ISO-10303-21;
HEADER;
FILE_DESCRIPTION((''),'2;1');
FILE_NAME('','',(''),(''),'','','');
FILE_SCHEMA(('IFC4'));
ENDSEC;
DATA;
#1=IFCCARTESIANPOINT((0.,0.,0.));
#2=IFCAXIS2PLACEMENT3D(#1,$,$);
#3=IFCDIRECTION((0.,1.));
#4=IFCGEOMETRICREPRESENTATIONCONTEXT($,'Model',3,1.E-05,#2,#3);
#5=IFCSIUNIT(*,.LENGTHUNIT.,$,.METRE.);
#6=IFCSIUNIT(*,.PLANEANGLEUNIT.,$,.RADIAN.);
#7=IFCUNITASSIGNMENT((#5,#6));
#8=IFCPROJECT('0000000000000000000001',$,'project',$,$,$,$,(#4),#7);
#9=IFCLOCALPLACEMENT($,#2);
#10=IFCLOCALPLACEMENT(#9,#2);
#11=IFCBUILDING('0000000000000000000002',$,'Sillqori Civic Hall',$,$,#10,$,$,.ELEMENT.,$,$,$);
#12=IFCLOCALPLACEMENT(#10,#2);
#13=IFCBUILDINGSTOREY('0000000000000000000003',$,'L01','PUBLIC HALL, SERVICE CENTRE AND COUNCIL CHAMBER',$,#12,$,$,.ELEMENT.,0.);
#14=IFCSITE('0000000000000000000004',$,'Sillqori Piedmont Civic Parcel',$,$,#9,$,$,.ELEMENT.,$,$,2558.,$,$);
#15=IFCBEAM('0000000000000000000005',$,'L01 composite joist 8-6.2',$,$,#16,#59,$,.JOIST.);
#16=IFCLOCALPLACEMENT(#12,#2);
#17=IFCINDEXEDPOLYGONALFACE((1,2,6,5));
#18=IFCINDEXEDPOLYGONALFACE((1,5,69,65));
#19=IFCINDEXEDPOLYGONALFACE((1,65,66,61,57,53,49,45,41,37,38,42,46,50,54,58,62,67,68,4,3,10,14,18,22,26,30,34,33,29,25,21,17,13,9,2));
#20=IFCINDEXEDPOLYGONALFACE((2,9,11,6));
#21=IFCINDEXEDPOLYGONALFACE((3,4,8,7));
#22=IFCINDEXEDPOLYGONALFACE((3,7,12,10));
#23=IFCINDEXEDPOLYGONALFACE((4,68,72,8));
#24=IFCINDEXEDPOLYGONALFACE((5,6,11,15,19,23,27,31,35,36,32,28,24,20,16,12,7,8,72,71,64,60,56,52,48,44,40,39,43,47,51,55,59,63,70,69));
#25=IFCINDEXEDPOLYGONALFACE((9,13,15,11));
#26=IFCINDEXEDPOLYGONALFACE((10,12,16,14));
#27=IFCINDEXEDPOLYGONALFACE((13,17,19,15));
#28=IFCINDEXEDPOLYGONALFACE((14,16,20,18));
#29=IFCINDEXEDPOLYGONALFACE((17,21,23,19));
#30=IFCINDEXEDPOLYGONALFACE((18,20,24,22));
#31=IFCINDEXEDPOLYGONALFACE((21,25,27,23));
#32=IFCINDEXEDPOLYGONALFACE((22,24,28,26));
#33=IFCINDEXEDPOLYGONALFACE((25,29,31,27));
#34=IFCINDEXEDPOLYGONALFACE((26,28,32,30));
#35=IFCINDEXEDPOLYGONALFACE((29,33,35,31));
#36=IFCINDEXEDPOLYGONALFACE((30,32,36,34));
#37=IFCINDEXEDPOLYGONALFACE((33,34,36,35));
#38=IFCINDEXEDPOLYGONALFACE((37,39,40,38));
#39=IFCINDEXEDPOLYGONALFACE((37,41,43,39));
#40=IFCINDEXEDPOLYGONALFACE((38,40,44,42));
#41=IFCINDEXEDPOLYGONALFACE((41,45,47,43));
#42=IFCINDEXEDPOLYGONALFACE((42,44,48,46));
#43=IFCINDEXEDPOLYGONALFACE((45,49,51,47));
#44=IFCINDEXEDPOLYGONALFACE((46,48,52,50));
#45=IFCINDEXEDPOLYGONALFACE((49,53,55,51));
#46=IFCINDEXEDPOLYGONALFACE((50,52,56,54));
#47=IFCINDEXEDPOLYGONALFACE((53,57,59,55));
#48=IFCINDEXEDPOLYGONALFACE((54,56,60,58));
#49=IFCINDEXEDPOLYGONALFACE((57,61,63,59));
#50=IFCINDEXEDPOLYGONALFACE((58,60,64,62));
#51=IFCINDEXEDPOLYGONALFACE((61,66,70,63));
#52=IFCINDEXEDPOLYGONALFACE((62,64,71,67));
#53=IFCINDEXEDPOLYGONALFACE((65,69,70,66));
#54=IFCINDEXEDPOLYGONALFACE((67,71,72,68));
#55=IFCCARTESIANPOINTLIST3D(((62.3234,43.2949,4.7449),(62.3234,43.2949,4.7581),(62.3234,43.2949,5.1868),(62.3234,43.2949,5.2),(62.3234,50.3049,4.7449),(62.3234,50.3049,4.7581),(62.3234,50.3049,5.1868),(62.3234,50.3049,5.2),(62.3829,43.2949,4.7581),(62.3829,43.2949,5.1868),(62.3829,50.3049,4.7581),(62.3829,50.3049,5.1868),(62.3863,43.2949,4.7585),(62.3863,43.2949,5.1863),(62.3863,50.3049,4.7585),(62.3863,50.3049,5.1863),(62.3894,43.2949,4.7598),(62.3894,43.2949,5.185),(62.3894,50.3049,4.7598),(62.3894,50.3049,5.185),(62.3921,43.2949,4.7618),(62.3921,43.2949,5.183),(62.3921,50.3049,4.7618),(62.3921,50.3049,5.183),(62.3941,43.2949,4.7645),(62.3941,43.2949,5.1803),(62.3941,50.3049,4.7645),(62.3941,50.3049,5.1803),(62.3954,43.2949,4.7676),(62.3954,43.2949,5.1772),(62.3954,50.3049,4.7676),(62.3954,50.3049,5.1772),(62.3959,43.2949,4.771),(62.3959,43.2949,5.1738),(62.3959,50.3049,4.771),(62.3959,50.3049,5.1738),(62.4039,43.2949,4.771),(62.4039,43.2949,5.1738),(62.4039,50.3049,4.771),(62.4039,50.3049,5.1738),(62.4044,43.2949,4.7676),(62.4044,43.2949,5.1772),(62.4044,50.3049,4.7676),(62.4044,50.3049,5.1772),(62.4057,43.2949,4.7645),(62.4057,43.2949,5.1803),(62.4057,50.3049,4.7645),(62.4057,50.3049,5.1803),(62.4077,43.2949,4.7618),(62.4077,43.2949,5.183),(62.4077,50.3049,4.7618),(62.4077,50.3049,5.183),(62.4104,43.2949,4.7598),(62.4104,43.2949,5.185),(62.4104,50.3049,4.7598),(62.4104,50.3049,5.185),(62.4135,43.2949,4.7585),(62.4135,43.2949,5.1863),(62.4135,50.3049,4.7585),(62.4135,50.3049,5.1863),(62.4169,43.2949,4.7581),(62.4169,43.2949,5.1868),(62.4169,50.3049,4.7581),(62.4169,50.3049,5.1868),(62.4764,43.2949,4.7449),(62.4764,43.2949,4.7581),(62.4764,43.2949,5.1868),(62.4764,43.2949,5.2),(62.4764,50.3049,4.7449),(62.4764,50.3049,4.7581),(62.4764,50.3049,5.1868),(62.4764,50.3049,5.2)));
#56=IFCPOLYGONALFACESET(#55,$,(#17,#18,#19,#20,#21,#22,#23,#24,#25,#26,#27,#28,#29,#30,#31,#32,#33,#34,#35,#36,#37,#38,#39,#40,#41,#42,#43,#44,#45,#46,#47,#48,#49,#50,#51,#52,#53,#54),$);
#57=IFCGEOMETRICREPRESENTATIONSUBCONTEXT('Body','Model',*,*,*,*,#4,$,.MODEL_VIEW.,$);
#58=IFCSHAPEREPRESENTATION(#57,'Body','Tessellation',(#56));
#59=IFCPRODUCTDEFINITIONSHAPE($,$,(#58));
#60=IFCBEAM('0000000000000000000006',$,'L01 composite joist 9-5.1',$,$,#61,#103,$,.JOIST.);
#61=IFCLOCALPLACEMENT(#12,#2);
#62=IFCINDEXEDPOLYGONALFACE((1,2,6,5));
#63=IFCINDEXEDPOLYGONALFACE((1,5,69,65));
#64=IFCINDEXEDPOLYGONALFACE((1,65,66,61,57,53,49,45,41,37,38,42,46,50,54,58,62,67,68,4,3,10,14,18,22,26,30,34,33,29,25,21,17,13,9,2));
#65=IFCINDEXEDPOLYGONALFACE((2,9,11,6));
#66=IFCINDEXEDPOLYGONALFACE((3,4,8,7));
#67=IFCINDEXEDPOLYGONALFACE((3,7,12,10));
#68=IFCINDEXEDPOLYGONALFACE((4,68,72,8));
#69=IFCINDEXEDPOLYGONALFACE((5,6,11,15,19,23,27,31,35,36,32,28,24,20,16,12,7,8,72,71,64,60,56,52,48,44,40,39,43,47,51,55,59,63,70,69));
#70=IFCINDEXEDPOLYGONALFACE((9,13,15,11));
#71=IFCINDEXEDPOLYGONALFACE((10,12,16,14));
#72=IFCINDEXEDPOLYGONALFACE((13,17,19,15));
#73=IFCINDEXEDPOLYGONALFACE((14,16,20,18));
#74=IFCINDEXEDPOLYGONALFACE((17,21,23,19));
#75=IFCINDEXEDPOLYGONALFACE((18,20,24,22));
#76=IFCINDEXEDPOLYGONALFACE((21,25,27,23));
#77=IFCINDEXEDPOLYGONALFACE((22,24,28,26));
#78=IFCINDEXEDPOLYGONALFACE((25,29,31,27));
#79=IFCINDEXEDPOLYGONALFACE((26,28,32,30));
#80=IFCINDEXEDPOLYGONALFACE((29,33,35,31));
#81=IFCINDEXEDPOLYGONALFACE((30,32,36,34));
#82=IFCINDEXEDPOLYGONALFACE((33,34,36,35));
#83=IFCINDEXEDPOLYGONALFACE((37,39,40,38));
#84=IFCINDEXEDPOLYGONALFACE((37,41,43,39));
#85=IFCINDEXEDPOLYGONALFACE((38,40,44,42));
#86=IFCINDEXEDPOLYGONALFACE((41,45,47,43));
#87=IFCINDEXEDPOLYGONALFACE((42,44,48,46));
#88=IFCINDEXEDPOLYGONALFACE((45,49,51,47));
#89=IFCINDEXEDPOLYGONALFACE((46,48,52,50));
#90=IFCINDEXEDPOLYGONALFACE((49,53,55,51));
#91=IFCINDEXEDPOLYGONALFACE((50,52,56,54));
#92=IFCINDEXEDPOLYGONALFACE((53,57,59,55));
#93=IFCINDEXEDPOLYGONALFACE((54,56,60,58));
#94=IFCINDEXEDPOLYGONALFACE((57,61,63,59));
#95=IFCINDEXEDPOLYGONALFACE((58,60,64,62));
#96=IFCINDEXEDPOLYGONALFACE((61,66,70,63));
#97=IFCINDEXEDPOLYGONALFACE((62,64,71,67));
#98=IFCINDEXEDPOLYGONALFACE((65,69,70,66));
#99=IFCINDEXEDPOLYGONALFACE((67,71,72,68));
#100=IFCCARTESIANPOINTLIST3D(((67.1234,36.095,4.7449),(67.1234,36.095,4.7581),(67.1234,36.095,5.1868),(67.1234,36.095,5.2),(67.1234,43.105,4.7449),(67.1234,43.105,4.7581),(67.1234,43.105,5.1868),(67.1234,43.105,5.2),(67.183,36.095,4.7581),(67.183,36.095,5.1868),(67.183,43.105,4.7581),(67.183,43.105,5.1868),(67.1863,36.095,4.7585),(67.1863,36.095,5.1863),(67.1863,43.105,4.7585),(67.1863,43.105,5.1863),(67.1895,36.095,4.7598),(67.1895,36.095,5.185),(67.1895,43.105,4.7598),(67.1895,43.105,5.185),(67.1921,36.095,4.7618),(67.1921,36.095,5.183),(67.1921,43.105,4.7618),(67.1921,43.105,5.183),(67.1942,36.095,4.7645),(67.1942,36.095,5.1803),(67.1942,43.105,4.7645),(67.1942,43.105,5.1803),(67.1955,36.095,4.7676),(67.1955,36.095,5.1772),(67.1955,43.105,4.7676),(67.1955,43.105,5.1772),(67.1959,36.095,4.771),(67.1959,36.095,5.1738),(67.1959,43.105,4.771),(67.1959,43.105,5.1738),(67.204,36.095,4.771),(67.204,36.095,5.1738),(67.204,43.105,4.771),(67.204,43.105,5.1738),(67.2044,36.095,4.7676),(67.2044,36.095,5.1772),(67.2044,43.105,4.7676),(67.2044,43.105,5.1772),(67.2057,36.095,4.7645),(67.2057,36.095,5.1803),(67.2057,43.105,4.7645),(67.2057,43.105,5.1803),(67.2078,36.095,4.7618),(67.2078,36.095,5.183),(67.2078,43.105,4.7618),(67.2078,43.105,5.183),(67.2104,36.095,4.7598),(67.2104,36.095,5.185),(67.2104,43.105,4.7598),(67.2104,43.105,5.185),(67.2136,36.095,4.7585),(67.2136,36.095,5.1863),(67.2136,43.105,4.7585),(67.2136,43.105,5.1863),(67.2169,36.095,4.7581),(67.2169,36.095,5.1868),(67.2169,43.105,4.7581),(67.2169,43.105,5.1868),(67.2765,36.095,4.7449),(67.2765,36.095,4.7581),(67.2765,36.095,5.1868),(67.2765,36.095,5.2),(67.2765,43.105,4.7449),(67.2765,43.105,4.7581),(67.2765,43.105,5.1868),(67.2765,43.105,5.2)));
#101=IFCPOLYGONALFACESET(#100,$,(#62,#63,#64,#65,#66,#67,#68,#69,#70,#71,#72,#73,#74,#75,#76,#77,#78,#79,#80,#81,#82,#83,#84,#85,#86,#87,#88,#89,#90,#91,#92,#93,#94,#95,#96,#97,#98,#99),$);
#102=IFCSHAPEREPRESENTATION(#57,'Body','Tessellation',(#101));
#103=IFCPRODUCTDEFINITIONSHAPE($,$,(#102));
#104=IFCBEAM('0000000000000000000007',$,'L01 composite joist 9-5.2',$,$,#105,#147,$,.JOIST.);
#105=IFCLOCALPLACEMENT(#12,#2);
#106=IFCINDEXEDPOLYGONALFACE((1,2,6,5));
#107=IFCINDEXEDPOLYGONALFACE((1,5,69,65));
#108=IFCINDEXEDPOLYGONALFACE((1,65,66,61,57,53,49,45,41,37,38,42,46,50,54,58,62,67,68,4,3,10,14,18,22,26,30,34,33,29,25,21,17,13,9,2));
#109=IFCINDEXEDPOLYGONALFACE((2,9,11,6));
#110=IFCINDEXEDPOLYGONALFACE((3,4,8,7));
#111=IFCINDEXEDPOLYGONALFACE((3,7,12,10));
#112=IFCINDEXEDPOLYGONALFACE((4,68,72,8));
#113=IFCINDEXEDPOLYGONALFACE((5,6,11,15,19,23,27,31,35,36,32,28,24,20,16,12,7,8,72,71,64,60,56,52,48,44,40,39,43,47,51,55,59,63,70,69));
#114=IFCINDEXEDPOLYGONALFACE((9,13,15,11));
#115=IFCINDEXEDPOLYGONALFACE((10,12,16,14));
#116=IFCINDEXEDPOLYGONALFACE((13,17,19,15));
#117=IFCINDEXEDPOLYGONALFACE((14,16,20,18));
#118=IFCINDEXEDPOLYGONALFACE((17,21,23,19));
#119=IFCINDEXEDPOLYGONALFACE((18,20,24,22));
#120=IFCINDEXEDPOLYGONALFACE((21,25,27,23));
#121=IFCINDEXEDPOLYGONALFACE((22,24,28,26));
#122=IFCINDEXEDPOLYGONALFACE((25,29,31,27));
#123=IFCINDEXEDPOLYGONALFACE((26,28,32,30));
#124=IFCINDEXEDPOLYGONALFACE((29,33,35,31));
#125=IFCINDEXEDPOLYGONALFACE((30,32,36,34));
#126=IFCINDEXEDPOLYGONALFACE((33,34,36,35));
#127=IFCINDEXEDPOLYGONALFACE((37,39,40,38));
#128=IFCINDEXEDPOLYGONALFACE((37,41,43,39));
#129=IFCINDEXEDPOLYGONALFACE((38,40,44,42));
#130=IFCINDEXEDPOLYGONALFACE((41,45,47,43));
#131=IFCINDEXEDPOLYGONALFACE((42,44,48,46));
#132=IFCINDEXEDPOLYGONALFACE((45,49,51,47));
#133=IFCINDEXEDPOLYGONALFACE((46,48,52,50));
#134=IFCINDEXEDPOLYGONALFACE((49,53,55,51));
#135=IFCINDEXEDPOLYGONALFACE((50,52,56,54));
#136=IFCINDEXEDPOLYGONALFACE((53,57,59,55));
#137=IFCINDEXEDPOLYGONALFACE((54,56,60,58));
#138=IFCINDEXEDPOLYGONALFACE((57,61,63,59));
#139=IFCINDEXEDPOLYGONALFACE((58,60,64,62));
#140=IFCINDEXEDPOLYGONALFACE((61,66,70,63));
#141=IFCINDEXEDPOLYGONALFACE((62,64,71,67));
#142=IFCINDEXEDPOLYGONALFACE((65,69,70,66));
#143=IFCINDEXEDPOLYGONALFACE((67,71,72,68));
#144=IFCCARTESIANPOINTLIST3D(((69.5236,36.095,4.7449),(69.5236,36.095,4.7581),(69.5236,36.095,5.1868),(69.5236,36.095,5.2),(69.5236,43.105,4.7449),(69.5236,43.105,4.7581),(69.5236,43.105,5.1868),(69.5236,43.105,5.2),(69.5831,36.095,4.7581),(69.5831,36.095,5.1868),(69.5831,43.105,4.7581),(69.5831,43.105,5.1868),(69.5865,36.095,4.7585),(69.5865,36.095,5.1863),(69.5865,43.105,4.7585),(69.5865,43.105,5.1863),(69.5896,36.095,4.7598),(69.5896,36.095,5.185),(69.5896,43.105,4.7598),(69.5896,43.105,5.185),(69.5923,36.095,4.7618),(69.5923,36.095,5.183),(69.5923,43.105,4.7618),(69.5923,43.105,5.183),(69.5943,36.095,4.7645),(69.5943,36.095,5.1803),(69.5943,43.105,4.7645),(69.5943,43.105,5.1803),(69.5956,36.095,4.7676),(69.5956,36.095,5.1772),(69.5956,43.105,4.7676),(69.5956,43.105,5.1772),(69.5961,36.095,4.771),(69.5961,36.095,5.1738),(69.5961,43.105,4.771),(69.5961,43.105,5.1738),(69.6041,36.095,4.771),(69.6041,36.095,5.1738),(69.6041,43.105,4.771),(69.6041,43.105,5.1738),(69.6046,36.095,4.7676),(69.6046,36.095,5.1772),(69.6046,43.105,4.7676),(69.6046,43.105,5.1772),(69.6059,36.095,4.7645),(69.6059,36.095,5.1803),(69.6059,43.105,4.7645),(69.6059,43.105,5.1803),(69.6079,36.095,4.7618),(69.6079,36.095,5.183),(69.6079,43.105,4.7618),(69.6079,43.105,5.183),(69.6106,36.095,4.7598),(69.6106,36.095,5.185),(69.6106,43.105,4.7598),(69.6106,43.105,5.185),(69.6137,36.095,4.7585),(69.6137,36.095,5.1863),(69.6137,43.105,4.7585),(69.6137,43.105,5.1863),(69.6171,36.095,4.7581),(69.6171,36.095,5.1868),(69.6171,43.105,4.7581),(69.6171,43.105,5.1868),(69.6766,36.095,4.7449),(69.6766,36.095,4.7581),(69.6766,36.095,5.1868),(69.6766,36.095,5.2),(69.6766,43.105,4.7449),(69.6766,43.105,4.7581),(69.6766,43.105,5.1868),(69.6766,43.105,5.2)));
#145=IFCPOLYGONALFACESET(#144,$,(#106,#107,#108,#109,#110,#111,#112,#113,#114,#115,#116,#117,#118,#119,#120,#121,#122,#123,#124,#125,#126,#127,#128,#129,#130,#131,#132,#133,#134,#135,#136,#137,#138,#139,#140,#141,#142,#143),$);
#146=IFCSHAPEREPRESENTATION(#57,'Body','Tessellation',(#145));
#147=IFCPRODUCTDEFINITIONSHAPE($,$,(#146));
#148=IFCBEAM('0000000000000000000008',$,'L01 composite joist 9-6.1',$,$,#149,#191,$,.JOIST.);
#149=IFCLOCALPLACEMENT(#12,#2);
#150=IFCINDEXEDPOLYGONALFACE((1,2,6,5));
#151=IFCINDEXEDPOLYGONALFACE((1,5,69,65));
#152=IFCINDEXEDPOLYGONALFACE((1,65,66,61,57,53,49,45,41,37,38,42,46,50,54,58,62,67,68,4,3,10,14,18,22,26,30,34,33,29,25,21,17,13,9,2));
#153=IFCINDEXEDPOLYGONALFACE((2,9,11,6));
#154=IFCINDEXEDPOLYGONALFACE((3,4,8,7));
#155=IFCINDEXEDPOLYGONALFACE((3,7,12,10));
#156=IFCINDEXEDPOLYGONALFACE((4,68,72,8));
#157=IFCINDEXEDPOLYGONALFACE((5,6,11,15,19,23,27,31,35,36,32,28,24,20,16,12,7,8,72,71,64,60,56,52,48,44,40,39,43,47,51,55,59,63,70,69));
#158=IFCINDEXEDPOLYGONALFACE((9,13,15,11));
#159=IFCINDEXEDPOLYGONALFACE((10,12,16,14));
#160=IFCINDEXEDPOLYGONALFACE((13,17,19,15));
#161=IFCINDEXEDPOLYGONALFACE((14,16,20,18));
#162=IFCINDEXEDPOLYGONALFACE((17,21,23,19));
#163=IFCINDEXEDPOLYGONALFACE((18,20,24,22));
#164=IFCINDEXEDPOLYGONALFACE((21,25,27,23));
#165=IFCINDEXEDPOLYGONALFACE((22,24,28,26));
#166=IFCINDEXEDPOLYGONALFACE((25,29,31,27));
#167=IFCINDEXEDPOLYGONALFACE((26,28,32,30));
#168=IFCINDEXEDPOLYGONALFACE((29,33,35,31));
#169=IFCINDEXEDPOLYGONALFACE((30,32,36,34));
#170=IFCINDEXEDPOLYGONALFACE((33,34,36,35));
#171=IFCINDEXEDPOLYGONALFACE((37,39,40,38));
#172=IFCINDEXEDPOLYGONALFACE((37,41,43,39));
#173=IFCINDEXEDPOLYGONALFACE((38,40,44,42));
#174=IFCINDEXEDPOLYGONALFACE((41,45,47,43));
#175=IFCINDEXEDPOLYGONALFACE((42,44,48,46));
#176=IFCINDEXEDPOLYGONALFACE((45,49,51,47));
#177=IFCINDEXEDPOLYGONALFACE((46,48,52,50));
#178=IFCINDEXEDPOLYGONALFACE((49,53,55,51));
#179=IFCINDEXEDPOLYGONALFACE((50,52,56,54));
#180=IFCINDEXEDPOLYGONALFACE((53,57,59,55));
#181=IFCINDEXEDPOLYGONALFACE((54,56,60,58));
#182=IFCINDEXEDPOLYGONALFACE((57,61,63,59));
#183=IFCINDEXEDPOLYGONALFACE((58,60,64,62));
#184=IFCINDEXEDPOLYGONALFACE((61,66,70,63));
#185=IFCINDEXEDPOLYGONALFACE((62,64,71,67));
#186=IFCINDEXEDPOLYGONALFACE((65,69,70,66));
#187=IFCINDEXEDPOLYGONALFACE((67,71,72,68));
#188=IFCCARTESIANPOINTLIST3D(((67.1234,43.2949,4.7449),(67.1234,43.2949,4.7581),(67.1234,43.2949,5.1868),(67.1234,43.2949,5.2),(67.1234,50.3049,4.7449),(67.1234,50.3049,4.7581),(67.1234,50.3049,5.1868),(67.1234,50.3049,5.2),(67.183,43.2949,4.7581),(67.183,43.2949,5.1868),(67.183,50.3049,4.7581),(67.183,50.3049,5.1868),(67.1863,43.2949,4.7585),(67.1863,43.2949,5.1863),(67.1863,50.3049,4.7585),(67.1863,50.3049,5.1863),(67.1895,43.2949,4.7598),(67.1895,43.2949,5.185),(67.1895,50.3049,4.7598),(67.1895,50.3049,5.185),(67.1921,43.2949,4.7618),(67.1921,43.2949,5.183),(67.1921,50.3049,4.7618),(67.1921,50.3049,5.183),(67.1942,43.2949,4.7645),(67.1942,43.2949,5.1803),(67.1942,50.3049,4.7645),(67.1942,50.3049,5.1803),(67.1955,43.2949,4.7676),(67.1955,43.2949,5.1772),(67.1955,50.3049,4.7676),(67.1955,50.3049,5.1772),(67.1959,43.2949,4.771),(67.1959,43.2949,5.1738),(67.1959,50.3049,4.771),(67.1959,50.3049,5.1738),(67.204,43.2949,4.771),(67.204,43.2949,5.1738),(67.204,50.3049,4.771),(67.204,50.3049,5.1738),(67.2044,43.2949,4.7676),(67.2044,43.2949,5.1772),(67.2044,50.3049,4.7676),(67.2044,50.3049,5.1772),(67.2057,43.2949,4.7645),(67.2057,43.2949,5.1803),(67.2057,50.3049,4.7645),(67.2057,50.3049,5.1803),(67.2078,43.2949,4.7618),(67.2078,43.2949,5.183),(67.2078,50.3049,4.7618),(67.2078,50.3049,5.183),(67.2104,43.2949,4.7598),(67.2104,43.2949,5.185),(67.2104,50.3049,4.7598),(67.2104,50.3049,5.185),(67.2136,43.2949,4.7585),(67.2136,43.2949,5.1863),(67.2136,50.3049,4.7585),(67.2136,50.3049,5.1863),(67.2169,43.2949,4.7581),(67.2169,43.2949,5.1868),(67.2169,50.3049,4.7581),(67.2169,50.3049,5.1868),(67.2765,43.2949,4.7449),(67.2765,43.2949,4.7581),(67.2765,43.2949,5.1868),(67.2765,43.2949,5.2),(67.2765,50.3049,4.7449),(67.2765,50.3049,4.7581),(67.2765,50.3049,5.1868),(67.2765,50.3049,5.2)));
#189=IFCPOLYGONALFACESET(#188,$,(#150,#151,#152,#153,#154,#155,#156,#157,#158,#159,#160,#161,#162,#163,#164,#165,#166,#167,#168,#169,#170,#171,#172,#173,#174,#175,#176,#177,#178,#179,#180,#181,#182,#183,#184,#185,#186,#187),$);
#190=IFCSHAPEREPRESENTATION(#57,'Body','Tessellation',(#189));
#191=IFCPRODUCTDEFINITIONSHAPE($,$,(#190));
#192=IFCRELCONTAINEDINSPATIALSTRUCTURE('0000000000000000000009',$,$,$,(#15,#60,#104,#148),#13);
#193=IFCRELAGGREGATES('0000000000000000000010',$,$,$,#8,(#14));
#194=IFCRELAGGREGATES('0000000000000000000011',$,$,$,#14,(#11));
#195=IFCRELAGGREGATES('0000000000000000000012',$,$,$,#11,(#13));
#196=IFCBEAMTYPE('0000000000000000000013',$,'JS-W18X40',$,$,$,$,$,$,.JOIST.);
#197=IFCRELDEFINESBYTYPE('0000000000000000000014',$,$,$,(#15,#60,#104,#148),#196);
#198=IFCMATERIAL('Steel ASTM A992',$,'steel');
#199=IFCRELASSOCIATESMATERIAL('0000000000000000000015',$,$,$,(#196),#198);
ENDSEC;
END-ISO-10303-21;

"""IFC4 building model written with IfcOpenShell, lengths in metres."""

from ifc_helpers import new_model, si_unit, direction, frame, origin, origin_2d, place, context, subcontext, project, spatial, i_section, extrude, material, material_profile, profile_set, type_object, element, save


model = new_model("IFC4")

# Units and contexts
model_context = context("Model", 3, precision=1e-05, world=origin(), true_north=direction((0.0, 1.0)))
body_context = subcontext(model_context, "Body", "Model", "MODEL_VIEW")
ifc_project = project(units=[si_unit("LENGTHUNIT", "METRE"), si_unit("PLANEANGLEUNIT", "RADIAN")], contexts=[model_context])

# Site, building, storey
site_placement = place(None, origin())
site = spatial("IfcSite", under=ifc_project, at=site_placement, Name="Sillqori Piedmont Civic Parcel", CompositionType="ELEMENT", RefElevation=2558.0)
building_placement = place(site_placement, origin())
building = spatial("IfcBuilding", under=site, at=building_placement, Name="Sillqori Civic Hall", CompositionType="ELEMENT")
storey_placement = place(building_placement, origin())
storey = spatial("IfcBuildingStorey", under=building, at=storey_placement, Name="L01", Description="PUBLIC HALL, SERVICE CENTRE AND COUNCIL CHAMBER", CompositionType="ELEMENT", Elevation=0.0)

# Shared definitions
ifc_material_1 = material(Name="Steel ASTM A992", Category="steel")

# Beams
ifc_material_profile_1 = material_profile(ifc_material_1, i_section(OverallWidth=0.1531, OverallDepth=0.4551, WebThickness=0.0081, FlangeThickness=0.0132, FilletRadius=0.0129, at=origin_2d()), Name="W18X40")
ifc_profile_set_1 = profile_set([ifc_material_profile_1], Name="Steel ASTM A992")
beam_type_1 = type_object("IfcBeamType", Name="JS-W18X40", PredefinedType="JOIST", material=ifc_profile_set_1)
for number, where, z_axis, x_axis, name in (
    (1, (62.3999, 43.2949, 4.9724), (0.0, 1.0, 0.0), (-1.0, 0.0, 0.0), "L01 composite joist 8-6.2"),
    (2, (67.2, 36.095, 4.9724), (0.0, 1.0, 0.0), (-1.0, 0.0, 0.0), "L01 composite joist 9-5.1"),
    (3, (69.6001, 36.095, 4.9724), (0.0, 1.0, 0.0), (-1.0, 0.0, 0.0), "L01 composite joist 9-5.2"),
    (4, (67.2, 43.2949, 4.9724), (0.0, 1.0, 0.0), (-1.0, 0.0, 0.0), "L01 composite joist 9-6.1"),
):
    element("IfcBeam", number, at=place(storey_placement, frame(where, z_axis=z_axis, x_axis=x_axis)), inside=storey, type_object=beam_type_1, Name=name, PredefinedType="JOIST", context=body_context, shape_type="SweptSolid", body=[
        extrude(i_section(OverallWidth=0.1531, OverallDepth=0.4551, WebThickness=0.0081, FlangeThickness=0.0132, FilletRadius=0.0129, at=origin_2d()), origin(), (0.0, 0.0, 1.0), 7.01),
    ])

save(model, "model.ifc")
